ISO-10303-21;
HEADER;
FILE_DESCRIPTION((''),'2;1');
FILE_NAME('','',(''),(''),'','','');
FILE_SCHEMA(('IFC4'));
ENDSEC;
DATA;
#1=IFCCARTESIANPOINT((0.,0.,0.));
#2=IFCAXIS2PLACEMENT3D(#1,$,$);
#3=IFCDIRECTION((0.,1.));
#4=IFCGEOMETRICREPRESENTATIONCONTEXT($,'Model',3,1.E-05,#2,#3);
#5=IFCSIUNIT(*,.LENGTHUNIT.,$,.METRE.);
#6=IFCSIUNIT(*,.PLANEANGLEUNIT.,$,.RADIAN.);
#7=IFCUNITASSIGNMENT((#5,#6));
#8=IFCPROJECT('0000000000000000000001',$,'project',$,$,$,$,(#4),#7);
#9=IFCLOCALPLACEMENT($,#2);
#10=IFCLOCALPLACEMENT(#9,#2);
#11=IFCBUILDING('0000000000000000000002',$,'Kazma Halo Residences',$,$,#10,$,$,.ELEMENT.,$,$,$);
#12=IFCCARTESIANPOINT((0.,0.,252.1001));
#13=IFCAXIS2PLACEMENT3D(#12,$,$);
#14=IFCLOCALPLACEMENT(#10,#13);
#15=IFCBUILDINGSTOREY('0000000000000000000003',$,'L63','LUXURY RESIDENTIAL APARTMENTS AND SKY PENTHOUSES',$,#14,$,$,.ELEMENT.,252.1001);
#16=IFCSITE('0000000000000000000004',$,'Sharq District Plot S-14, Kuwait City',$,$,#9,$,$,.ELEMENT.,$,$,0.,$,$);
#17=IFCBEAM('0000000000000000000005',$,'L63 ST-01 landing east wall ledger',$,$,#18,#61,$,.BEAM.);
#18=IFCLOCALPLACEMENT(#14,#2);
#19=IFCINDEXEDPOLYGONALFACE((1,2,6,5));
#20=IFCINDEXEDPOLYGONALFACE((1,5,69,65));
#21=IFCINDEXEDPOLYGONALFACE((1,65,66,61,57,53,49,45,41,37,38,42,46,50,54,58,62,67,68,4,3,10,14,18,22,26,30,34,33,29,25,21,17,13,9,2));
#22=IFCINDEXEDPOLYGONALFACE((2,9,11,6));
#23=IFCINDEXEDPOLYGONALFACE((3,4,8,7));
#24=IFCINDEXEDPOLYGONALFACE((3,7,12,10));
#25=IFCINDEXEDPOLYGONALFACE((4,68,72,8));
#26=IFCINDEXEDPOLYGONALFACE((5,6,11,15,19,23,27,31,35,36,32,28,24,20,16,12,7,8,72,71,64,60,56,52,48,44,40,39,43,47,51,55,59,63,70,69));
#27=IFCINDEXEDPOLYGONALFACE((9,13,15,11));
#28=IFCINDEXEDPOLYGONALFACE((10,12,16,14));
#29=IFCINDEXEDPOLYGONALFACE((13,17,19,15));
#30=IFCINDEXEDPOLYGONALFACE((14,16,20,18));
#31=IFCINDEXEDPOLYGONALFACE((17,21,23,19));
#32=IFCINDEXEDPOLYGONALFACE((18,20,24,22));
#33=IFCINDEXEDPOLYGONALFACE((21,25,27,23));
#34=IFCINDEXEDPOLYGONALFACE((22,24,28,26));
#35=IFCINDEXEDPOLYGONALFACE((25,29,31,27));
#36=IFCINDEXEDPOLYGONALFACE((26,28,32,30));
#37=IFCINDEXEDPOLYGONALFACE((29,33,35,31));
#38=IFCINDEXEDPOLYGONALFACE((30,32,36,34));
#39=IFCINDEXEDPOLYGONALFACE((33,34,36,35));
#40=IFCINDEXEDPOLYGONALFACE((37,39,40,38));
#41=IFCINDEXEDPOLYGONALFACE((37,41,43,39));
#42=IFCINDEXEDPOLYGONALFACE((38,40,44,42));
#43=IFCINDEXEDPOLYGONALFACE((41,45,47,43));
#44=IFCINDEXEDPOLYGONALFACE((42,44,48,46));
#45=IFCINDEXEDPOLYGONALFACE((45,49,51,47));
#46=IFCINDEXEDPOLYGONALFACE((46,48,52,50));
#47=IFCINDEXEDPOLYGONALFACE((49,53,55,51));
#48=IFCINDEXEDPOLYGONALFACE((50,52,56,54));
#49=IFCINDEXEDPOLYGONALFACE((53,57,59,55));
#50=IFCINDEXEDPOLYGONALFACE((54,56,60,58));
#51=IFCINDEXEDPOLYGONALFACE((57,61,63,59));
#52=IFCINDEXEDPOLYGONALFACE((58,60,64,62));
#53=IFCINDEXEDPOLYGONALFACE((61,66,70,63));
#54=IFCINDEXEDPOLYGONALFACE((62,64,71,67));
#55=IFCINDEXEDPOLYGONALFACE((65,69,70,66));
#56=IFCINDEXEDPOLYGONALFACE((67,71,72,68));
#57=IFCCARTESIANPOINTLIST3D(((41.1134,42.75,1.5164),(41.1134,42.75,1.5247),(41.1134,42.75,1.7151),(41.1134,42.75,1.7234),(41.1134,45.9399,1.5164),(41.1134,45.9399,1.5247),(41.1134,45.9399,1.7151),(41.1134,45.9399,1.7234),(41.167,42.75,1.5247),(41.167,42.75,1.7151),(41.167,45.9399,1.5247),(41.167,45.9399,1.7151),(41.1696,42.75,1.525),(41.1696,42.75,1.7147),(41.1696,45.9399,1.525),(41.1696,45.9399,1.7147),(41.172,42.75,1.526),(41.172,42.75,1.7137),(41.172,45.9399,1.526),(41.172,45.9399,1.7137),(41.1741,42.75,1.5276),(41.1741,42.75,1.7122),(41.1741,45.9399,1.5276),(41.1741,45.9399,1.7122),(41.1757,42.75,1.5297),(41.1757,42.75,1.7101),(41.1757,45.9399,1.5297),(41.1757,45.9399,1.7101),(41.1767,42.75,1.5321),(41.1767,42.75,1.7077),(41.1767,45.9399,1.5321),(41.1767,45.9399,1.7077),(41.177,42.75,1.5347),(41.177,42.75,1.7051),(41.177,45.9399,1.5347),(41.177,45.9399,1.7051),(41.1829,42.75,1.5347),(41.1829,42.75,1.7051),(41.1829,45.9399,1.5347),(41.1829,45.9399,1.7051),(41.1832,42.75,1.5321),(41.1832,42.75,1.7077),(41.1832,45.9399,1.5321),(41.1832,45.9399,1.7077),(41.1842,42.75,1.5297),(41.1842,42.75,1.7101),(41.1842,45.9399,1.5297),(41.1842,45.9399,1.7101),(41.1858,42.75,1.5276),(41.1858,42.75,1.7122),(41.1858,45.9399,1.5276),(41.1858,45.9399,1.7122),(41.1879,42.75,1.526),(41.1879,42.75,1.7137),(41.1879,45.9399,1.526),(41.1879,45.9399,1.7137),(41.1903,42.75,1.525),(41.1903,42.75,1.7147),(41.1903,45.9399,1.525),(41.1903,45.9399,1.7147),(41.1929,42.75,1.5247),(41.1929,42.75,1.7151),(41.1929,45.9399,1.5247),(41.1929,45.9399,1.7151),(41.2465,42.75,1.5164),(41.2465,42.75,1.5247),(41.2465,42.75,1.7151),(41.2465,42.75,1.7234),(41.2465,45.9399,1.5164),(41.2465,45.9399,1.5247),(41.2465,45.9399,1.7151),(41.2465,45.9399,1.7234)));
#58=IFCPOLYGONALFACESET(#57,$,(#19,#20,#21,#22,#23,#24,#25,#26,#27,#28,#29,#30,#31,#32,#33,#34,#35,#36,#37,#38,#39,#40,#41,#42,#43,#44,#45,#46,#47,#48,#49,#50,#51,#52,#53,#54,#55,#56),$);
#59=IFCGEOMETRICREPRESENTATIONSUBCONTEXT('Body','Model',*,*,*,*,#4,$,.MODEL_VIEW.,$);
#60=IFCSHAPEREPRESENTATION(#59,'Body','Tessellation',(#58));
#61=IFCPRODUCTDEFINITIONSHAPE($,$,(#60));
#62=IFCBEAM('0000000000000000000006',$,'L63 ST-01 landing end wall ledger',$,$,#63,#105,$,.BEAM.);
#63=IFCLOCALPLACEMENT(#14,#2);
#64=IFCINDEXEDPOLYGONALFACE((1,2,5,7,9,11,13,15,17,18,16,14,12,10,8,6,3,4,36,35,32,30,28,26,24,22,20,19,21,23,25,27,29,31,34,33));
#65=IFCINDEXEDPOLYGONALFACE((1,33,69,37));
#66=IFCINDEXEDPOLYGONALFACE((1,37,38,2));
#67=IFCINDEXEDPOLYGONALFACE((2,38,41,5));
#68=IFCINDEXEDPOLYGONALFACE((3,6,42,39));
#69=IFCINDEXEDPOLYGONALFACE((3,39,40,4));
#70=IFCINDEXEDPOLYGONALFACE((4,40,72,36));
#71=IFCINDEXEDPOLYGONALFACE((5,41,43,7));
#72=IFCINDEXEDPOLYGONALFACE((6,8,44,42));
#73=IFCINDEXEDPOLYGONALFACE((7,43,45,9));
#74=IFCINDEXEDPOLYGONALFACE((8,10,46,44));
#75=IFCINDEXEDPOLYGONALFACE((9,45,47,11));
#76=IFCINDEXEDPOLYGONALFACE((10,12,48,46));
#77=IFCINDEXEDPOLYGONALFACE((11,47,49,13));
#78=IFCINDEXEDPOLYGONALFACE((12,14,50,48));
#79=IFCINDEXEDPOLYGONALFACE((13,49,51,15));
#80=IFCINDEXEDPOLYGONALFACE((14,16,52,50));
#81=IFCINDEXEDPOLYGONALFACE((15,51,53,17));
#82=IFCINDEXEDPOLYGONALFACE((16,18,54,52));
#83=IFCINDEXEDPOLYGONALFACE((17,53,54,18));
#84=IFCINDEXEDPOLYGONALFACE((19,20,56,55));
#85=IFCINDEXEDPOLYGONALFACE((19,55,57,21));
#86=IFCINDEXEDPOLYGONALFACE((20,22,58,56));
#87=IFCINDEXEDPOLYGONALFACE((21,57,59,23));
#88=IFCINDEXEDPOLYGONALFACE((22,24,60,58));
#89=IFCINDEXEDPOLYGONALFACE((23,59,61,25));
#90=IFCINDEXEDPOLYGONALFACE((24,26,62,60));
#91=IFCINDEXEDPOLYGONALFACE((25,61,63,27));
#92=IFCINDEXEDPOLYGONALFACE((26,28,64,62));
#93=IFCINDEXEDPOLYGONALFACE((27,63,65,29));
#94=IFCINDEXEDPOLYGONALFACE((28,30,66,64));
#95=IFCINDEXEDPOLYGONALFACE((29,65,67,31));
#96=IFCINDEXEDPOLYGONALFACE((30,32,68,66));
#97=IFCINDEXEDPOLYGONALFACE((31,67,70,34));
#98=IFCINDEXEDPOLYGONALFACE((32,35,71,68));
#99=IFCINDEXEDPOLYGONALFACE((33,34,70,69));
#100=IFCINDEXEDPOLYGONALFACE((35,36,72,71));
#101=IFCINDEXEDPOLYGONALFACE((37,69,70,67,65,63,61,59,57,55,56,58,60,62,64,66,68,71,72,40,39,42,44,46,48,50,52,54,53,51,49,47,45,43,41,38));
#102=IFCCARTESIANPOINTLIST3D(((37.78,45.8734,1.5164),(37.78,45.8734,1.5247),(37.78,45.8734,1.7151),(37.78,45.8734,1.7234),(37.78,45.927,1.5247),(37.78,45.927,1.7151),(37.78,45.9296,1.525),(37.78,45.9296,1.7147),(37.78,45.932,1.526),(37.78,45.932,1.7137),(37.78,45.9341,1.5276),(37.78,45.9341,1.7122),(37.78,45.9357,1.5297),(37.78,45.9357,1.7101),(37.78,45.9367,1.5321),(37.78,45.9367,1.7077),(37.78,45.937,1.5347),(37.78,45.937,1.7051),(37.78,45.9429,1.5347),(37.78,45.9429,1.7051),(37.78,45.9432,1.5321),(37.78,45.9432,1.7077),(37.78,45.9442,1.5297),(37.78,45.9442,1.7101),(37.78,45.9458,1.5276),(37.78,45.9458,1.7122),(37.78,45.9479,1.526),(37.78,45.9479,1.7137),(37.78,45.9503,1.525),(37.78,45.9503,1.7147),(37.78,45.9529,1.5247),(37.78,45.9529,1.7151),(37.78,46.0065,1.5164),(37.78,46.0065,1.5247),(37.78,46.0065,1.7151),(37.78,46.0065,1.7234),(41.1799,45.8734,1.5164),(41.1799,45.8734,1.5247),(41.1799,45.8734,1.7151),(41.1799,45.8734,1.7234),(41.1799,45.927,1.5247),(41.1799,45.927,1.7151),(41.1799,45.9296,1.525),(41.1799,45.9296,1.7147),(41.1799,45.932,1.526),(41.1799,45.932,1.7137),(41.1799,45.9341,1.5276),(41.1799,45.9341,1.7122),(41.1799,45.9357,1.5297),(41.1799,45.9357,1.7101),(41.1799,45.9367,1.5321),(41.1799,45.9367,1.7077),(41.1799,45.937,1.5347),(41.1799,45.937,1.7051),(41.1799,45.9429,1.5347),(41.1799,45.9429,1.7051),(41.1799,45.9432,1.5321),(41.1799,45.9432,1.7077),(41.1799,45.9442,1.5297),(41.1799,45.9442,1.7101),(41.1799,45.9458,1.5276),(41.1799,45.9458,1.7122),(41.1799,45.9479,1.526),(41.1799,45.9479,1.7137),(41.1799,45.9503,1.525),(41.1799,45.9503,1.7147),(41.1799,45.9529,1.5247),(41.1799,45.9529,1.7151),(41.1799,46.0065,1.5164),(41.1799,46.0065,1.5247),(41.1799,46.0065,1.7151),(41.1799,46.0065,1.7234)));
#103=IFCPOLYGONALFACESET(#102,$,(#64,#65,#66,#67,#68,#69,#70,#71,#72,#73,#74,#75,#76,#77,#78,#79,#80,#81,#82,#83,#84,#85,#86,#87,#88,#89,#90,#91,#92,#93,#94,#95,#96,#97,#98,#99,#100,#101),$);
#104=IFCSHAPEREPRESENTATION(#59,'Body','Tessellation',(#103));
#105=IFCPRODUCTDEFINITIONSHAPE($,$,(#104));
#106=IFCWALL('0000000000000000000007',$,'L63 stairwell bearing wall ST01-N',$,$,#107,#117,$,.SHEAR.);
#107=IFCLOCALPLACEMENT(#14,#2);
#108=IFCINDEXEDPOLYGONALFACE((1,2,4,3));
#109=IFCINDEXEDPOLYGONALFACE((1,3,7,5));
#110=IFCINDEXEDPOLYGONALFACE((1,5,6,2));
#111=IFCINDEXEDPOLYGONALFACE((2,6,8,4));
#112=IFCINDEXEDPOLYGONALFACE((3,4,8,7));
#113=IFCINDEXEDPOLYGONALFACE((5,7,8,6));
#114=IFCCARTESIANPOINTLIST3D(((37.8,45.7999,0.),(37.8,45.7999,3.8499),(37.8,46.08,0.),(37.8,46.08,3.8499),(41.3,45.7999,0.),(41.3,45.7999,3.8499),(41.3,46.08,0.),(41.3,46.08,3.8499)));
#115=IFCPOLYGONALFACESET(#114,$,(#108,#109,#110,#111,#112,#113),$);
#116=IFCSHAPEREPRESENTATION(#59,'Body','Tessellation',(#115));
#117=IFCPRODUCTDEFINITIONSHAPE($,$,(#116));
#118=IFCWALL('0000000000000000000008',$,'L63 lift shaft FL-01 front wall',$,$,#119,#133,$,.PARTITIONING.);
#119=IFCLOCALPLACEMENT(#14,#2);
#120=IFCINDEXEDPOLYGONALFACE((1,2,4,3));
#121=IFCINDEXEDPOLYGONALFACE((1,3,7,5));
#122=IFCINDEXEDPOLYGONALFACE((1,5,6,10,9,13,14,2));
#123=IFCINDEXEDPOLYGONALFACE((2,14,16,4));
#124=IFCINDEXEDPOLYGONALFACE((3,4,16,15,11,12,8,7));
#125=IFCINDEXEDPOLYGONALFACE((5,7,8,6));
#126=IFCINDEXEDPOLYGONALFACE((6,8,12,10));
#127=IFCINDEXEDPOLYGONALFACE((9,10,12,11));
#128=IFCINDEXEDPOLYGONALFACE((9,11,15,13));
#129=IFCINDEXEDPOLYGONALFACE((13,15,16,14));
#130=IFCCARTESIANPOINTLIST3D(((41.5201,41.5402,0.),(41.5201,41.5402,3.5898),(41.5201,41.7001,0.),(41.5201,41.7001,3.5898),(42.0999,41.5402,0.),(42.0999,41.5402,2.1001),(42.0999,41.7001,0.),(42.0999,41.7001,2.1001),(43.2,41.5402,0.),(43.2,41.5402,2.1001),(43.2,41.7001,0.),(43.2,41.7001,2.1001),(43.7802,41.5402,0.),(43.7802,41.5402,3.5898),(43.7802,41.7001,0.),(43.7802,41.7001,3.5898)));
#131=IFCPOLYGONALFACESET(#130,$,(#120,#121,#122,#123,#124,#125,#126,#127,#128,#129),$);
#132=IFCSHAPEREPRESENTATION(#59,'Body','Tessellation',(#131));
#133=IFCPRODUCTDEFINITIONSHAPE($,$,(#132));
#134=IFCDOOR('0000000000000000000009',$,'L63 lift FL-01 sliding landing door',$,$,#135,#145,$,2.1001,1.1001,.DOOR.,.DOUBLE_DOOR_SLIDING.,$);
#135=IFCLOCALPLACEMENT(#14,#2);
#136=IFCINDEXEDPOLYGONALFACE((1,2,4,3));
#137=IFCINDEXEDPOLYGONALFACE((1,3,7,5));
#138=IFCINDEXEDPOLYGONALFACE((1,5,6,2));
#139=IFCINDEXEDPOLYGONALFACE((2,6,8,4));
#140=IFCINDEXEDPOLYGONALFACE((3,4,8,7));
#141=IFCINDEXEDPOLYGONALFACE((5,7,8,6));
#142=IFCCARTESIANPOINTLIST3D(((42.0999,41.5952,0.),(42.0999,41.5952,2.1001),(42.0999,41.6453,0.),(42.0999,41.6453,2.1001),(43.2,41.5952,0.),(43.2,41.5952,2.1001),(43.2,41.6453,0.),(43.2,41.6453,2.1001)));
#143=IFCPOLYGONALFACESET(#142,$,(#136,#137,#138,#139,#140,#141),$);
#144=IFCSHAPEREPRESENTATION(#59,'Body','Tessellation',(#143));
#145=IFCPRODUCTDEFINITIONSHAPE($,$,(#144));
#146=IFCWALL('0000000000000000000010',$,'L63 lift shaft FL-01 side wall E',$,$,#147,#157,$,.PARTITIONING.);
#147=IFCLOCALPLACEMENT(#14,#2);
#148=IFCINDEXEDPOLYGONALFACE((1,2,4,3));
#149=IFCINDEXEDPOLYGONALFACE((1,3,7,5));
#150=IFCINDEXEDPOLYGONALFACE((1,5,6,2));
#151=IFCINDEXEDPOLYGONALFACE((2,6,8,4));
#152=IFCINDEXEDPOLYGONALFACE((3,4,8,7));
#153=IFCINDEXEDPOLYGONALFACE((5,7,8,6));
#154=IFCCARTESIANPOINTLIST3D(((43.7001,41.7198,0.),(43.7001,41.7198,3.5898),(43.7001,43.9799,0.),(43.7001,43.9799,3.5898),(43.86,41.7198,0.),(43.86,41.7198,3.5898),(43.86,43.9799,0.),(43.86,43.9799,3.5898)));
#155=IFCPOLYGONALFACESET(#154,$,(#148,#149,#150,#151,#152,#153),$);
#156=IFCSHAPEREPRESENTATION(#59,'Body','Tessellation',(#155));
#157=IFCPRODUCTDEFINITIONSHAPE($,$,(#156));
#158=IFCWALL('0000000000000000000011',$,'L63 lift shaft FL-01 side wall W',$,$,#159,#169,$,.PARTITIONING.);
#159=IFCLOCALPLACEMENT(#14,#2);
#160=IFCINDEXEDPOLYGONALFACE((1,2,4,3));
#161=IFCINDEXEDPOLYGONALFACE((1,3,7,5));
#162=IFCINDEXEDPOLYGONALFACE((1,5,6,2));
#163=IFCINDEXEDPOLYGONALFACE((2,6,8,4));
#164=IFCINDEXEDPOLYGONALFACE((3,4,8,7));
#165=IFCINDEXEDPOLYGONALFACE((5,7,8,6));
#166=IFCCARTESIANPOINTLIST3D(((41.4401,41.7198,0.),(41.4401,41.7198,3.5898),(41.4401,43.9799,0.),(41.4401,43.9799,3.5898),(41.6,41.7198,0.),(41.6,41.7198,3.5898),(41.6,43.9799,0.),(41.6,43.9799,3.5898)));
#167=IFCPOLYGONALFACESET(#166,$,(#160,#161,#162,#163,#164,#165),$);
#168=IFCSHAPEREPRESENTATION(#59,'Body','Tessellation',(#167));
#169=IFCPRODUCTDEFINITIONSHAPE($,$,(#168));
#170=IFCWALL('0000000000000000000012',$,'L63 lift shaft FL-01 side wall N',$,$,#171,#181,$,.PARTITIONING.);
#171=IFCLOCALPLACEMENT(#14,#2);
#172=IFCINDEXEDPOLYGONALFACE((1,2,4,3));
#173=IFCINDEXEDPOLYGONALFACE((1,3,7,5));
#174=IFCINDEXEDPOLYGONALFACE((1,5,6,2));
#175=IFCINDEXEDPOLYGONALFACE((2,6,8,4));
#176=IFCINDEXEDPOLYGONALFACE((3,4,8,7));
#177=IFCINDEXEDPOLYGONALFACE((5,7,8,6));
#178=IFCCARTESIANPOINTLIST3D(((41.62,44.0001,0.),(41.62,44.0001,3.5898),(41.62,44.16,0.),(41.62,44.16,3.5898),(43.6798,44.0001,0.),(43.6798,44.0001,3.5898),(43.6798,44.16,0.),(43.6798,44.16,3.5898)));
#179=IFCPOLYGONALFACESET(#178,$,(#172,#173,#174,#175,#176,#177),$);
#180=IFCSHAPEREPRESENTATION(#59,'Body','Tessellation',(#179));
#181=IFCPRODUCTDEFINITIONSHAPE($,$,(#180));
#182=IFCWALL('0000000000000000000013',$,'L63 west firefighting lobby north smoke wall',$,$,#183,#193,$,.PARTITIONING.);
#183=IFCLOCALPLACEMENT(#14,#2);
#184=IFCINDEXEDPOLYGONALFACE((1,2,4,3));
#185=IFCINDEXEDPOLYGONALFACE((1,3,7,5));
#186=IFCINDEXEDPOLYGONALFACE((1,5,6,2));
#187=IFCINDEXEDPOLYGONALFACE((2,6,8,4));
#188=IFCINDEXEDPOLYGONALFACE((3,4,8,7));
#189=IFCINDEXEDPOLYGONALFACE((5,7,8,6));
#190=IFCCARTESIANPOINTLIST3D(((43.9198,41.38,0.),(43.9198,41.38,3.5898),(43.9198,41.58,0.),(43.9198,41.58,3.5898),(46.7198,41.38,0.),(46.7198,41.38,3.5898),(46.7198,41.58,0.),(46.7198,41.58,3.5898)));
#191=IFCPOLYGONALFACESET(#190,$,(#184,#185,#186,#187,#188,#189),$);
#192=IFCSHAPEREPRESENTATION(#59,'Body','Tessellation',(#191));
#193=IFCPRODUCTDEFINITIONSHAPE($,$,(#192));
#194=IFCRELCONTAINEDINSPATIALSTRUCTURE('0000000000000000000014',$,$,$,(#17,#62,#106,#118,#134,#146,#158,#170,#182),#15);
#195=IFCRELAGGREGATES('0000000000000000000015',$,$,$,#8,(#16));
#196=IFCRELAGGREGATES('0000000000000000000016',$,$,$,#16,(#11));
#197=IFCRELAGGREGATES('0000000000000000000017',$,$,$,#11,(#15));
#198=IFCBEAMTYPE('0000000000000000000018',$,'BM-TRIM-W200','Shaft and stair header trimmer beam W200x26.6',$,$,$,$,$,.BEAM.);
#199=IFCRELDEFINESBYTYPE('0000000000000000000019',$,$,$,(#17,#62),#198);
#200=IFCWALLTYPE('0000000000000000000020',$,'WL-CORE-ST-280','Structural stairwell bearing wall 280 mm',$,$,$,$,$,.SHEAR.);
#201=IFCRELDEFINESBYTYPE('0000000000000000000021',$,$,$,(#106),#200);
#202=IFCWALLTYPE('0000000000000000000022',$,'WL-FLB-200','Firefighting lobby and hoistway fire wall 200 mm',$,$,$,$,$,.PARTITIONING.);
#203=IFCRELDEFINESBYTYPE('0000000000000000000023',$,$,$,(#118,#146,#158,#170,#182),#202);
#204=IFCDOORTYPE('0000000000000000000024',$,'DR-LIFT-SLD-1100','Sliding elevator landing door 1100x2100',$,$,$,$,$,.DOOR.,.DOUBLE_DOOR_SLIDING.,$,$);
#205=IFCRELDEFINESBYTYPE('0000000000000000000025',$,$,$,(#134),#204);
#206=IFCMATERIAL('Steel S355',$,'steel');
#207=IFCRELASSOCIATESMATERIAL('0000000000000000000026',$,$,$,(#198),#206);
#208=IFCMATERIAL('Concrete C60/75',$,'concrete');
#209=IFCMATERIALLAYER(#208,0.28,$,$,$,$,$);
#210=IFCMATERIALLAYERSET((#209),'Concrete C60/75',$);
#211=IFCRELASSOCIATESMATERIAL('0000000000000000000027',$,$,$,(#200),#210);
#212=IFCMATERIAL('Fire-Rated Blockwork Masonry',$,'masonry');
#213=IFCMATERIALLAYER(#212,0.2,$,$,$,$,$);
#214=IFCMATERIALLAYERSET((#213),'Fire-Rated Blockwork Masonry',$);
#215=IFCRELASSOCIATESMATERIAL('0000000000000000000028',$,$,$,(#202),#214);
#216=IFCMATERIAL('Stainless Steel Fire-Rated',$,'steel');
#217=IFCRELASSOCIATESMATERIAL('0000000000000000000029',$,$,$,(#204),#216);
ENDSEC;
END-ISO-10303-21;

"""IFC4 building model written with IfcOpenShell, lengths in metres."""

from ifc_helpers import new_model, si_unit, direction, frame, frame_2d, origin, origin_2d, place, context, subcontext, project, spatial, rectangle, i_section, extrude, material, layer, layer_set, material_profile, profile_set, type_object, element, fill, save


model = new_model("IFC4")

# Units and contexts
model_context = context("Model", 3, precision=1e-05, world=origin(), true_north=direction((0.0, 1.0)))
body_context = subcontext(model_context, "Body", "Model", "MODEL_VIEW")
ifc_project = project(units=[si_unit("LENGTHUNIT", "METRE"), si_unit("PLANEANGLEUNIT", "RADIAN")], contexts=[model_context])

# Site, building, storey
site_placement = place(None, origin())
site = spatial("IfcSite", under=ifc_project, at=site_placement, Name="Sharq District Plot S-14, Kuwait City", CompositionType="ELEMENT", RefElevation=0.0)
building_placement = place(site_placement, origin())
building = spatial("IfcBuilding", under=site, at=building_placement, Name="Kazma Halo Residences", CompositionType="ELEMENT")
storey_placement = place(building_placement, frame((0.0, 0.0, 252.1001)))
storey = spatial("IfcBuildingStorey", under=building, at=storey_placement, Name="L63", Description="LUXURY RESIDENTIAL APARTMENTS AND SKY PENTHOUSES", CompositionType="ELEMENT", Elevation=252.1001)

# Shared definitions
ifc_material_1 = material(Name="Steel S355", Category="steel")

# Beams
ifc_material_profile_1 = material_profile(ifc_material_1, i_section(OverallWidth=0.1331, OverallDepth=0.207, WebThickness=0.0059, FlangeThickness=0.0083, FilletRadius=0.01, at=origin_2d()), Name="W200x26.6")
ifc_profile_set_1 = profile_set([ifc_material_profile_1], Name="Steel S355")
beam_type_1 = type_object("IfcBeamType", Name="BM-TRIM-W200", Description="Shaft and stair header trimmer beam W200x26.6", PredefinedType="BEAM", material=ifc_profile_set_1)
beam_1_placement = place(storey_placement, frame((41.1799, 42.75, 1.6199), z_axis=(0.0, 1.0, 0.0), x_axis=(-1.0, 0.0, 0.0)))
element("IfcBeam", 1, at=beam_1_placement, inside=storey, type_object=beam_type_1, Name="L63 ST-01 landing east wall ledger", PredefinedType="BEAM", context=body_context, shape_type="SweptSolid", body=[
    extrude(i_section(OverallWidth=0.1331, OverallDepth=0.207, WebThickness=0.0059, FlangeThickness=0.0083, FilletRadius=0.01, at=origin_2d()), origin(), (0.0, 0.0, 1.0), 3.1899),
])
beam_2_placement = place(storey_placement, frame((37.78, 45.9399, 1.6199), z_axis=(1.0, 0.0, 0.0), x_axis=(0.0, 1.0, 0.0)))
element("IfcBeam", 2, at=beam_2_placement, inside=storey, type_object=beam_type_1, Name="L63 ST-01 landing end wall ledger", PredefinedType="BEAM", context=body_context, shape_type="SweptSolid", body=[
    extrude(i_section(OverallWidth=0.1331, OverallDepth=0.207, WebThickness=0.0059, FlangeThickness=0.0083, FilletRadius=0.01, at=origin_2d()), origin(), (0.0, 0.0, 1.0), 3.3999),
])

# Wall
ifc_material_2 = material(Name="Concrete C60/75", Category="concrete")
ifc_layer_1 = layer(ifc_material_2, 0.28)
ifc_layer_set_1 = layer_set([ifc_layer_1], Name="Concrete C60/75")
wall_type_1 = type_object("IfcWallType", Name="WL-CORE-ST-280", Description="Structural stairwell bearing wall 280 mm", PredefinedType="SHEAR", material=ifc_layer_set_1)
wall_1_placement = place(storey_placement, frame((37.8, 45.9399, 0.0), z_axis=(0.0, 0.0, 1.0), x_axis=(1.0, 0.0, 0.0)))
element("IfcWall", 3, at=wall_1_placement, inside=storey, type_object=wall_type_1, Name="L63 stairwell bearing wall ST01-N", PredefinedType="SHEAR", context=body_context, shape_type="SweptSolid", body=[
    extrude(rectangle(XDim=3.5, YDim=0.28, at=frame_2d((1.75, 0.0))), origin(), (0.0, 0.0, 1.0), 3.8499),
])

# Wall, opening, door
ifc_material_3 = material(Name="Fire-Rated Blockwork Masonry", Category="masonry")
ifc_layer_2 = layer(ifc_material_3, 0.2)
ifc_layer_set_2 = layer_set([ifc_layer_2], Name="Fire-Rated Blockwork Masonry")
wall_type_2 = type_object("IfcWallType", Name="WL-FLB-200", Description="Firefighting lobby and hoistway fire wall 200 mm", PredefinedType="PARTITIONING", material=ifc_layer_set_2)
wall_2_placement = place(storey_placement, frame((43.78, 41.6201, 0.0), z_axis=(0.0, 0.0, 1.0), x_axis=(-1.0, 0.0, 0.0)))
wall_2 = element("IfcWall", 4, at=wall_2_placement, inside=storey, type_object=wall_type_2, Name="L63 lift shaft FL-01 front wall", PredefinedType="PARTITIONING", context=body_context, shape_type="SweptSolid", body=[
    extrude(rectangle(XDim=2.26, YDim=0.1599, at=frame_2d((1.1299, 0.0))), origin(), (0.0, 0.0, 1.0), 3.5898),
])
opening_1_placement = place(wall_2_placement, frame((0.5801, 0.0, 0.0)))
opening_1 = element("IfcOpeningElement", 5, at=opening_1_placement, cuts=wall_2, PredefinedType="OPENING", context=body_context, shape_type="SweptSolid", body=[
    extrude(rectangle(XDim=1.1001, YDim=2.1001, at=frame_2d((0.55, 1.05))), frame((0.0, 0.0898, 0.0), z_axis=(0.0, -1.0, 0.0), x_axis=(1.0, 0.0, 0.0)), (0.0, 0.0, 1.0), 0.1799),
])
ifc_material_4 = material(Name="Stainless Steel Fire-Rated", Category="steel")
door_type_1 = type_object("IfcDoorType", Name="DR-LIFT-SLD-1100", Description="Sliding elevator landing door 1100x2100", OperationType="DOUBLE_DOOR_SLIDING", PredefinedType="DOOR", material=ifc_material_4)
door_1_placement = place(opening_1_placement, origin())
door_1 = element("IfcDoor", 6, at=door_1_placement, inside=storey, type_object=door_type_1, Name="L63 lift FL-01 sliding landing door", OperationType="DOUBLE_DOOR_SLIDING", OverallHeight=2.1001, OverallWidth=1.1001, PredefinedType="DOOR", context=body_context, shape_type="SweptSolid", body=[
    extrude(rectangle(XDim=1.1001, YDim=2.1001, at=frame_2d((0.55, 1.05))), frame((0.0, 0.0249, 0.0), z_axis=(0.0, -1.0, 0.0), x_axis=(1.0, 0.0, 0.0)), (0.0, 0.0, 1.0), 0.05),
])
fill(opening_1, door_1)

# Walls
for number, where, z_axis, x_axis, name in (
    (7, (43.78, 41.72, 0.0), (0.0, 0.0, 1.0), (0.0, 1.0, 0.0), "L63 lift shaft FL-01 side wall E"),
    (8, (41.52, 41.72, 0.0), (0.0, 0.0, 1.0), (0.0, 1.0, 0.0), "L63 lift shaft FL-01 side wall W"),
):
    element("IfcWall", number, at=place(storey_placement, frame(where, z_axis=z_axis, x_axis=x_axis)), inside=storey, type_object=wall_type_2, Name=name, PredefinedType="PARTITIONING", context=body_context, shape_type="SweptSolid", body=[
        extrude(rectangle(XDim=2.26, YDim=0.1599, at=frame_2d((1.1299, 0.0))), origin(), (0.0, 0.0, 1.0), 3.5898),
    ])
wall_3_placement = place(storey_placement, frame((41.6201, 44.0801, 0.0), z_axis=(0.0, 0.0, 1.0), x_axis=(1.0, 0.0, 0.0)))
element("IfcWall", 9, at=wall_3_placement, inside=storey, type_object=wall_type_2, Name="L63 lift shaft FL-01 side wall N", PredefinedType="PARTITIONING", context=body_context, shape_type="SweptSolid", body=[
    extrude(rectangle(XDim=2.0598, YDim=0.1599, at=frame_2d((1.0298, 0.0))), origin(), (0.0, 0.0, 1.0), 3.5898),
])
wall_4_placement = place(storey_placement, frame((43.9199, 41.48, 0.0), z_axis=(0.0, 0.0, 1.0), x_axis=(1.0, 0.0, 0.0)))
element("IfcWall", 10, at=wall_4_placement, inside=storey, type_object=wall_type_2, Name="L63 west firefighting lobby north smoke wall", PredefinedType="PARTITIONING", context=body_context, shape_type="SweptSolid", body=[
    extrude(rectangle(XDim=2.8, YDim=0.2, at=frame_2d((1.3999, 0.0))), origin(), (0.0, 0.0, 1.0), 3.5898),
])

save(model, "model.ifc")
